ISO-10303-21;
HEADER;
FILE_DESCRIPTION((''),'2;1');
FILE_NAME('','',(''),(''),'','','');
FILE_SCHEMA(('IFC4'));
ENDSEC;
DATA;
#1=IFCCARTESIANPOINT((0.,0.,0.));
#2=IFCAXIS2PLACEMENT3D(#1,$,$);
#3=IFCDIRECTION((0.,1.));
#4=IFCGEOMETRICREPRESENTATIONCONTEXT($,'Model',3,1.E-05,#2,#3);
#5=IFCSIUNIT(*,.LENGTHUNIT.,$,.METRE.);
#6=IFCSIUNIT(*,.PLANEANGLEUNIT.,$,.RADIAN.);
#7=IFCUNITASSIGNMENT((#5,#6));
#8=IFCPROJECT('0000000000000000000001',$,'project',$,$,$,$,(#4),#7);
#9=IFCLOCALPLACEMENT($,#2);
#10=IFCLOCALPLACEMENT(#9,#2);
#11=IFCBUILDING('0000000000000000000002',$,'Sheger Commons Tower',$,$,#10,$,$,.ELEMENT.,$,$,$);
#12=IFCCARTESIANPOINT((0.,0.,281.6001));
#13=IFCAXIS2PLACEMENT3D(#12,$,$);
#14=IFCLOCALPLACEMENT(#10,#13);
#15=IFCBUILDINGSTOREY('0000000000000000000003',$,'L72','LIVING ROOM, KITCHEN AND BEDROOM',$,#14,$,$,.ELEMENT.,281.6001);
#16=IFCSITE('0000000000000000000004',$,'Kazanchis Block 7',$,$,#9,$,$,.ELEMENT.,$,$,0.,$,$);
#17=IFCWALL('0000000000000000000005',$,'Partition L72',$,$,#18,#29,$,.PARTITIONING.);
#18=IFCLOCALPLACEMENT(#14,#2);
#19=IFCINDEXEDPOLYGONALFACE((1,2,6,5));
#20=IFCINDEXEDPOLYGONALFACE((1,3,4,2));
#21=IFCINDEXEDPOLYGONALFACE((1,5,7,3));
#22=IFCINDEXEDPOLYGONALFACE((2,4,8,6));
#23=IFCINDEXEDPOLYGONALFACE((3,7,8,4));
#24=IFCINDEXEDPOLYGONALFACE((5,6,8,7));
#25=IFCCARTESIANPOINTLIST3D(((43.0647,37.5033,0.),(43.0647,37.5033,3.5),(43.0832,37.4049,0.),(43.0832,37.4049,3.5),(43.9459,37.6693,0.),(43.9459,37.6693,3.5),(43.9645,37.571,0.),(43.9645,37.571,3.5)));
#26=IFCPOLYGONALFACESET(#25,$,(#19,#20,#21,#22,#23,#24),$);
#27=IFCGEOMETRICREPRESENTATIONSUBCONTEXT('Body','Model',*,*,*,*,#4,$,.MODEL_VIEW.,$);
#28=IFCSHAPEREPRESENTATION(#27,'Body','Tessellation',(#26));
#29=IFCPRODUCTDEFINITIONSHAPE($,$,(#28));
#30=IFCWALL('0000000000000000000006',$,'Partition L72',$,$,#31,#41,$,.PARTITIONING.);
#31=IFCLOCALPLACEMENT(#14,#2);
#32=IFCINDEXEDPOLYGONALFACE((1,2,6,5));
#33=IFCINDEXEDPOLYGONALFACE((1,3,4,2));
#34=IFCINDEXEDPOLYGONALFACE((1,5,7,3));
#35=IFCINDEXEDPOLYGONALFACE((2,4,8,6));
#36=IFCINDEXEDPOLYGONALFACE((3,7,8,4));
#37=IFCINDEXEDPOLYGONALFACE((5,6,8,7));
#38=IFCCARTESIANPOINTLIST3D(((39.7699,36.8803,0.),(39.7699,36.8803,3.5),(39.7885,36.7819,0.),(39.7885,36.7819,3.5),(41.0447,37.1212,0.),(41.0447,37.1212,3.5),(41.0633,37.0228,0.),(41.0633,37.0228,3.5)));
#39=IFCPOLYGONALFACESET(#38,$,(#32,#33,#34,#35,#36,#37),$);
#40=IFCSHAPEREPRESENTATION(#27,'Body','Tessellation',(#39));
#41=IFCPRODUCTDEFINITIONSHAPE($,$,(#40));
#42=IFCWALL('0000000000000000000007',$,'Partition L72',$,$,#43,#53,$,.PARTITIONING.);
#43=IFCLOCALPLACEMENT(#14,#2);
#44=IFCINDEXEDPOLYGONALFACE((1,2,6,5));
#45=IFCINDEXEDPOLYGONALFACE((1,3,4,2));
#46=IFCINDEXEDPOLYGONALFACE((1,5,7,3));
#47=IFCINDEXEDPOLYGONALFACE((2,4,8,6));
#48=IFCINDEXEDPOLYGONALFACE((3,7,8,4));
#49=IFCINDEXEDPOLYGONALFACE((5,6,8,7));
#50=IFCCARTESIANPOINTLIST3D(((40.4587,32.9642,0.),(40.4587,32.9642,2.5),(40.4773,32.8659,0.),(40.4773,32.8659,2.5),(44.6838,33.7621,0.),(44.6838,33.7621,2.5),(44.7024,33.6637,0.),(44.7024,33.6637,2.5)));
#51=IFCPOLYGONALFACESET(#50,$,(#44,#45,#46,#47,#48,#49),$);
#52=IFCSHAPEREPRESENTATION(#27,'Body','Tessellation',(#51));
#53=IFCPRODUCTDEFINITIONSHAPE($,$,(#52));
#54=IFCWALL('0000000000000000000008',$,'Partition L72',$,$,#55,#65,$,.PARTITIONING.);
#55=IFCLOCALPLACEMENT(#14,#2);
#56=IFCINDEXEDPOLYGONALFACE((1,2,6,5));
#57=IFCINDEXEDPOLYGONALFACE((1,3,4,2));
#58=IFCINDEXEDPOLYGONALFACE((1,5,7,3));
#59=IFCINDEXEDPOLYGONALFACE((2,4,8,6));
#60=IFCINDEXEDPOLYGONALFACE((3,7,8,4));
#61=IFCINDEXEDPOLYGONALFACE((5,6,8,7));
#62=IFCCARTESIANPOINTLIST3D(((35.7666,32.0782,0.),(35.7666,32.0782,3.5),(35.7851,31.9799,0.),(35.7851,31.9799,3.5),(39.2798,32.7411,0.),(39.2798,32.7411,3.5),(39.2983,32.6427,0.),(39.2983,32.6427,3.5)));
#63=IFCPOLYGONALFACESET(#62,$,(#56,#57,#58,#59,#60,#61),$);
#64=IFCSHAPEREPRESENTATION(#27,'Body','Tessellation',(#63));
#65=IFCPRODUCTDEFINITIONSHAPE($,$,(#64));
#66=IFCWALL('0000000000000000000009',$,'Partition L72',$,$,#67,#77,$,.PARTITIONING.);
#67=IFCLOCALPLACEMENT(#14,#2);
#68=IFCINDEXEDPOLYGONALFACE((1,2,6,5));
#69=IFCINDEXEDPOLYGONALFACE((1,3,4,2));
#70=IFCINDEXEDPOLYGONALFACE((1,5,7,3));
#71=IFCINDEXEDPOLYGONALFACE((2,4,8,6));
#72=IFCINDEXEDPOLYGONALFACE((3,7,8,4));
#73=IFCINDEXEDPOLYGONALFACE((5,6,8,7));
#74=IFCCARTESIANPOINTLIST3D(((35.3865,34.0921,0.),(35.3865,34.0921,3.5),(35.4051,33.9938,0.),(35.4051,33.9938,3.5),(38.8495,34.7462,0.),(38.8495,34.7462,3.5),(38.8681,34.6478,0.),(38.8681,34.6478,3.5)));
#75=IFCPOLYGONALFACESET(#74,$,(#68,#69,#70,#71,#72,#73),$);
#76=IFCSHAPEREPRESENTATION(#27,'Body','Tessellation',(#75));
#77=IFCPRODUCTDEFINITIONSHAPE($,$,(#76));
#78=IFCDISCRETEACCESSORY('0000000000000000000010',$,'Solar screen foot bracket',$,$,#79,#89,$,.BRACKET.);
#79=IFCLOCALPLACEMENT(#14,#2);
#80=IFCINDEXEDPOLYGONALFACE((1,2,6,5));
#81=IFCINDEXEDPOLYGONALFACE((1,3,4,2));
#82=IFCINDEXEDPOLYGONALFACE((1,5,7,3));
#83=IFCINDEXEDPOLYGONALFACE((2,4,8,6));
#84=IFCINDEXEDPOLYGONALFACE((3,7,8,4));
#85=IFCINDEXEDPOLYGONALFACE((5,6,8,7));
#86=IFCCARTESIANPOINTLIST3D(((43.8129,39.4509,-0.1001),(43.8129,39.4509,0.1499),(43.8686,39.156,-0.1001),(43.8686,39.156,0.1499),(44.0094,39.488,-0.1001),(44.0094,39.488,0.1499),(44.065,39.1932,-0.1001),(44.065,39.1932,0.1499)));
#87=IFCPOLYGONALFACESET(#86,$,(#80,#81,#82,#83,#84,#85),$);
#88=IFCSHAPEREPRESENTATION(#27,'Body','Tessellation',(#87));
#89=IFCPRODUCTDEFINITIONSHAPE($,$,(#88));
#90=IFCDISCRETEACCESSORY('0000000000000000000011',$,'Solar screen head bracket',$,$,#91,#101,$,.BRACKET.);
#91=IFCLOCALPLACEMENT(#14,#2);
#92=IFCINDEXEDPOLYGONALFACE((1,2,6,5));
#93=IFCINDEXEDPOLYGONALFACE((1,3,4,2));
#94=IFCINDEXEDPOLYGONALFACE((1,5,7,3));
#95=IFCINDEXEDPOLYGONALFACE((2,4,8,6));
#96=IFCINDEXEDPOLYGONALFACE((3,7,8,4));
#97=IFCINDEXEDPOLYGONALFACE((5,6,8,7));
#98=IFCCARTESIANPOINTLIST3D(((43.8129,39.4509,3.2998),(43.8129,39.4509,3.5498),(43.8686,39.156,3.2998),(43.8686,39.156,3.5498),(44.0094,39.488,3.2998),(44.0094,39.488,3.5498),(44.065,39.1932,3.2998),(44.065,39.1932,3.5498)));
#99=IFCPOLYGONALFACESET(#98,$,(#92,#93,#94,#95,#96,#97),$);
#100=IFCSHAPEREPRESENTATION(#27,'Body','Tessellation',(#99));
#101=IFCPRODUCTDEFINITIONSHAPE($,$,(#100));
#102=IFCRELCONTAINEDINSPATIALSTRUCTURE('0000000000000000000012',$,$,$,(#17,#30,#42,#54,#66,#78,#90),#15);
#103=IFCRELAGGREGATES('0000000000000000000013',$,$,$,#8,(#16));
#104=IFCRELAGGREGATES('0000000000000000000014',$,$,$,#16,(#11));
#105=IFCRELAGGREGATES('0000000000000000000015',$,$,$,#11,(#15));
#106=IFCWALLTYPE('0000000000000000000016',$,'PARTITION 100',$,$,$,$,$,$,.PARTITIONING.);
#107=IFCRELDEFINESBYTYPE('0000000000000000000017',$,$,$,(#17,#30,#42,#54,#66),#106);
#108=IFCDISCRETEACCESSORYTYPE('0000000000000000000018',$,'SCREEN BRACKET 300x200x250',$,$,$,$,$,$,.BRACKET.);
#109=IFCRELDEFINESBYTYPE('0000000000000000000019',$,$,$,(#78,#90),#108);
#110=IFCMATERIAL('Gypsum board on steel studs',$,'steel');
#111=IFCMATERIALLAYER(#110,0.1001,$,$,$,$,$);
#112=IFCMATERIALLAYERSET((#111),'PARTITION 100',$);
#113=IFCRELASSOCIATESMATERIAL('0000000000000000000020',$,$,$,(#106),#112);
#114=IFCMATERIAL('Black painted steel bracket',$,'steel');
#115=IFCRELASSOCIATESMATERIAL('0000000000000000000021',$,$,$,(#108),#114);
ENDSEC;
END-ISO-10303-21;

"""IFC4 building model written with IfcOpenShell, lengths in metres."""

from ifc_helpers import new_model, si_unit, direction, frame, frame_2d, origin, origin_2d, place, context, subcontext, project, spatial, rectangle, extrude, material, layer, layer_set, type_object, element, save


model = new_model("IFC4")

# Units and contexts
model_context = context("Model", 3, precision=1e-05, world=origin(), true_north=direction((0.0, 1.0)))
body_context = subcontext(model_context, "Body", "Model", "MODEL_VIEW")
ifc_project = project(units=[si_unit("LENGTHUNIT", "METRE"), si_unit("PLANEANGLEUNIT", "RADIAN")], contexts=[model_context])

# Site, building, storey
site_placement = place(None, origin())
site = spatial("IfcSite", under=ifc_project, at=site_placement, Name="Kazanchis Block 7", CompositionType="ELEMENT", RefElevation=0.0)
building_placement = place(site_placement, origin())
building = spatial("IfcBuilding", under=site, at=building_placement, Name="Sheger Commons Tower", CompositionType="ELEMENT")
storey_placement = place(building_placement, frame((0.0, 0.0, 281.6001)))
storey = spatial("IfcBuildingStorey", under=building, at=storey_placement, Name="L72", Description="LIVING ROOM, KITCHEN AND BEDROOM", CompositionType="ELEMENT", Elevation=281.6001)

# Shared definitions
ifc_material_1 = material(Name="Gypsum board on steel studs", Category="steel")
ifc_layer_1 = layer(ifc_material_1, 0.1001)
ifc_layer_set_1 = layer_set([ifc_layer_1], Name="PARTITION 100")
wall_type_1 = type_object("IfcWallType", Name="PARTITION 100", PredefinedType="PARTITIONING", material=ifc_layer_set_1)

# Walls
wall_1_placement = place(storey_placement, frame((43.9551, 37.6201, 0.0), z_axis=(0.0, 0.0, 1.0), x_axis=(-0.982708, -0.18516, 0.0)))
element("IfcWall", 1, at=wall_1_placement, inside=storey, type_object=wall_type_1, Name="Partition L72", PredefinedType="PARTITIONING", context=body_context, shape_type="SweptSolid", body=[
    extrude(rectangle(XDim=0.8967, YDim=0.1001, at=frame_2d((0.4482, 0.0))), origin(), (0.0, 0.0, 1.0), 3.5),
])
wall_2_placement = place(storey_placement, frame((41.054, 37.072, 0.0), z_axis=(0.0, 0.0, 1.0), x_axis=(-0.982603, -0.18572, 0.0)))
element("IfcWall", 2, at=wall_2_placement, inside=storey, type_object=wall_type_1, Name="Partition L72", PredefinedType="PARTITIONING", context=body_context, shape_type="SweptSolid", body=[
    extrude(rectangle(XDim=1.2974, YDim=0.1001, at=frame_2d((0.6487, 0.0))), origin(), (0.0, 0.0, 1.0), 3.5),
])
wall_3_placement = place(storey_placement, frame((44.6931, 33.7129, 0.0), z_axis=(0.0, 0.0, 1.0), x_axis=(-0.982634, -0.185557, 0.0)))
element("IfcWall", 3, at=wall_3_placement, inside=storey, type_object=wall_type_1, Name="Partition L72", PredefinedType="PARTITIONING", context=body_context, shape_type="SweptSolid", body=[
    extrude(rectangle(XDim=4.2998, YDim=0.1001, at=frame_2d((2.1499, 0.0))), origin(), (0.0, 0.0, 1.0), 2.5),
])
wall_4_placement = place(storey_placement, frame((39.2891, 32.6919, 0.0), z_axis=(0.0, 0.0, 1.0), x_axis=(-0.982663, -0.185402, 0.0)))
element("IfcWall", 4, at=wall_4_placement, inside=storey, type_object=wall_type_1, Name="Partition L72", PredefinedType="PARTITIONING", context=body_context, shape_type="SweptSolid", body=[
    extrude(rectangle(XDim=3.5752, YDim=0.1001, at=frame_2d((1.7876, 0.0))), origin(), (0.0, 0.0, 1.0), 3.5),
])
wall_5_placement = place(storey_placement, frame((38.8589, 34.697, 0.0), z_axis=(0.0, 0.0, 1.0), x_axis=(-0.982627, -0.185593, 0.0)))
element("IfcWall", 5, at=wall_5_placement, inside=storey, type_object=wall_type_1, Name="Partition L72", PredefinedType="PARTITIONING", context=body_context, shape_type="SweptSolid", body=[
    extrude(rectangle(XDim=3.5242, YDim=0.1001, at=frame_2d((1.7622, 0.0))), origin(), (0.0, 0.0, 1.0), 3.5),
])

# Discrete accessories
ifc_material_2 = material(Name="Black painted steel bracket", Category="steel")
discrete_accessory_type = type_object("IfcDiscreteAccessoryType", Name="SCREEN BRACKET 300x200x250", PredefinedType="BRACKET", material=ifc_material_2)
for number, where, z_axis, x_axis, name in (
    (6, (43.939, 39.322, -0.1001), (0.0, 0.0, 1.0), (-0.185615, 0.982623, 0.0), "Solar screen foot bracket"),
    (7, (43.939, 39.322, 3.2998), (0.0, 0.0, 1.0), (-0.185615, 0.982623, 0.0), "Solar screen head bracket"),
):
    element("IfcDiscreteAccessory", number, at=place(storey_placement, frame(where, z_axis=z_axis, x_axis=x_axis)), inside=storey, type_object=discrete_accessory_type, Name=name, PredefinedType="BRACKET", context=body_context, shape_type="SweptSolid", body=[
        extrude(rectangle(XDim=0.3, YDim=0.2, at=origin_2d()), origin(), (0.0, 0.0, 1.0), 0.25),
    ])

save(model, "model.ifc")
